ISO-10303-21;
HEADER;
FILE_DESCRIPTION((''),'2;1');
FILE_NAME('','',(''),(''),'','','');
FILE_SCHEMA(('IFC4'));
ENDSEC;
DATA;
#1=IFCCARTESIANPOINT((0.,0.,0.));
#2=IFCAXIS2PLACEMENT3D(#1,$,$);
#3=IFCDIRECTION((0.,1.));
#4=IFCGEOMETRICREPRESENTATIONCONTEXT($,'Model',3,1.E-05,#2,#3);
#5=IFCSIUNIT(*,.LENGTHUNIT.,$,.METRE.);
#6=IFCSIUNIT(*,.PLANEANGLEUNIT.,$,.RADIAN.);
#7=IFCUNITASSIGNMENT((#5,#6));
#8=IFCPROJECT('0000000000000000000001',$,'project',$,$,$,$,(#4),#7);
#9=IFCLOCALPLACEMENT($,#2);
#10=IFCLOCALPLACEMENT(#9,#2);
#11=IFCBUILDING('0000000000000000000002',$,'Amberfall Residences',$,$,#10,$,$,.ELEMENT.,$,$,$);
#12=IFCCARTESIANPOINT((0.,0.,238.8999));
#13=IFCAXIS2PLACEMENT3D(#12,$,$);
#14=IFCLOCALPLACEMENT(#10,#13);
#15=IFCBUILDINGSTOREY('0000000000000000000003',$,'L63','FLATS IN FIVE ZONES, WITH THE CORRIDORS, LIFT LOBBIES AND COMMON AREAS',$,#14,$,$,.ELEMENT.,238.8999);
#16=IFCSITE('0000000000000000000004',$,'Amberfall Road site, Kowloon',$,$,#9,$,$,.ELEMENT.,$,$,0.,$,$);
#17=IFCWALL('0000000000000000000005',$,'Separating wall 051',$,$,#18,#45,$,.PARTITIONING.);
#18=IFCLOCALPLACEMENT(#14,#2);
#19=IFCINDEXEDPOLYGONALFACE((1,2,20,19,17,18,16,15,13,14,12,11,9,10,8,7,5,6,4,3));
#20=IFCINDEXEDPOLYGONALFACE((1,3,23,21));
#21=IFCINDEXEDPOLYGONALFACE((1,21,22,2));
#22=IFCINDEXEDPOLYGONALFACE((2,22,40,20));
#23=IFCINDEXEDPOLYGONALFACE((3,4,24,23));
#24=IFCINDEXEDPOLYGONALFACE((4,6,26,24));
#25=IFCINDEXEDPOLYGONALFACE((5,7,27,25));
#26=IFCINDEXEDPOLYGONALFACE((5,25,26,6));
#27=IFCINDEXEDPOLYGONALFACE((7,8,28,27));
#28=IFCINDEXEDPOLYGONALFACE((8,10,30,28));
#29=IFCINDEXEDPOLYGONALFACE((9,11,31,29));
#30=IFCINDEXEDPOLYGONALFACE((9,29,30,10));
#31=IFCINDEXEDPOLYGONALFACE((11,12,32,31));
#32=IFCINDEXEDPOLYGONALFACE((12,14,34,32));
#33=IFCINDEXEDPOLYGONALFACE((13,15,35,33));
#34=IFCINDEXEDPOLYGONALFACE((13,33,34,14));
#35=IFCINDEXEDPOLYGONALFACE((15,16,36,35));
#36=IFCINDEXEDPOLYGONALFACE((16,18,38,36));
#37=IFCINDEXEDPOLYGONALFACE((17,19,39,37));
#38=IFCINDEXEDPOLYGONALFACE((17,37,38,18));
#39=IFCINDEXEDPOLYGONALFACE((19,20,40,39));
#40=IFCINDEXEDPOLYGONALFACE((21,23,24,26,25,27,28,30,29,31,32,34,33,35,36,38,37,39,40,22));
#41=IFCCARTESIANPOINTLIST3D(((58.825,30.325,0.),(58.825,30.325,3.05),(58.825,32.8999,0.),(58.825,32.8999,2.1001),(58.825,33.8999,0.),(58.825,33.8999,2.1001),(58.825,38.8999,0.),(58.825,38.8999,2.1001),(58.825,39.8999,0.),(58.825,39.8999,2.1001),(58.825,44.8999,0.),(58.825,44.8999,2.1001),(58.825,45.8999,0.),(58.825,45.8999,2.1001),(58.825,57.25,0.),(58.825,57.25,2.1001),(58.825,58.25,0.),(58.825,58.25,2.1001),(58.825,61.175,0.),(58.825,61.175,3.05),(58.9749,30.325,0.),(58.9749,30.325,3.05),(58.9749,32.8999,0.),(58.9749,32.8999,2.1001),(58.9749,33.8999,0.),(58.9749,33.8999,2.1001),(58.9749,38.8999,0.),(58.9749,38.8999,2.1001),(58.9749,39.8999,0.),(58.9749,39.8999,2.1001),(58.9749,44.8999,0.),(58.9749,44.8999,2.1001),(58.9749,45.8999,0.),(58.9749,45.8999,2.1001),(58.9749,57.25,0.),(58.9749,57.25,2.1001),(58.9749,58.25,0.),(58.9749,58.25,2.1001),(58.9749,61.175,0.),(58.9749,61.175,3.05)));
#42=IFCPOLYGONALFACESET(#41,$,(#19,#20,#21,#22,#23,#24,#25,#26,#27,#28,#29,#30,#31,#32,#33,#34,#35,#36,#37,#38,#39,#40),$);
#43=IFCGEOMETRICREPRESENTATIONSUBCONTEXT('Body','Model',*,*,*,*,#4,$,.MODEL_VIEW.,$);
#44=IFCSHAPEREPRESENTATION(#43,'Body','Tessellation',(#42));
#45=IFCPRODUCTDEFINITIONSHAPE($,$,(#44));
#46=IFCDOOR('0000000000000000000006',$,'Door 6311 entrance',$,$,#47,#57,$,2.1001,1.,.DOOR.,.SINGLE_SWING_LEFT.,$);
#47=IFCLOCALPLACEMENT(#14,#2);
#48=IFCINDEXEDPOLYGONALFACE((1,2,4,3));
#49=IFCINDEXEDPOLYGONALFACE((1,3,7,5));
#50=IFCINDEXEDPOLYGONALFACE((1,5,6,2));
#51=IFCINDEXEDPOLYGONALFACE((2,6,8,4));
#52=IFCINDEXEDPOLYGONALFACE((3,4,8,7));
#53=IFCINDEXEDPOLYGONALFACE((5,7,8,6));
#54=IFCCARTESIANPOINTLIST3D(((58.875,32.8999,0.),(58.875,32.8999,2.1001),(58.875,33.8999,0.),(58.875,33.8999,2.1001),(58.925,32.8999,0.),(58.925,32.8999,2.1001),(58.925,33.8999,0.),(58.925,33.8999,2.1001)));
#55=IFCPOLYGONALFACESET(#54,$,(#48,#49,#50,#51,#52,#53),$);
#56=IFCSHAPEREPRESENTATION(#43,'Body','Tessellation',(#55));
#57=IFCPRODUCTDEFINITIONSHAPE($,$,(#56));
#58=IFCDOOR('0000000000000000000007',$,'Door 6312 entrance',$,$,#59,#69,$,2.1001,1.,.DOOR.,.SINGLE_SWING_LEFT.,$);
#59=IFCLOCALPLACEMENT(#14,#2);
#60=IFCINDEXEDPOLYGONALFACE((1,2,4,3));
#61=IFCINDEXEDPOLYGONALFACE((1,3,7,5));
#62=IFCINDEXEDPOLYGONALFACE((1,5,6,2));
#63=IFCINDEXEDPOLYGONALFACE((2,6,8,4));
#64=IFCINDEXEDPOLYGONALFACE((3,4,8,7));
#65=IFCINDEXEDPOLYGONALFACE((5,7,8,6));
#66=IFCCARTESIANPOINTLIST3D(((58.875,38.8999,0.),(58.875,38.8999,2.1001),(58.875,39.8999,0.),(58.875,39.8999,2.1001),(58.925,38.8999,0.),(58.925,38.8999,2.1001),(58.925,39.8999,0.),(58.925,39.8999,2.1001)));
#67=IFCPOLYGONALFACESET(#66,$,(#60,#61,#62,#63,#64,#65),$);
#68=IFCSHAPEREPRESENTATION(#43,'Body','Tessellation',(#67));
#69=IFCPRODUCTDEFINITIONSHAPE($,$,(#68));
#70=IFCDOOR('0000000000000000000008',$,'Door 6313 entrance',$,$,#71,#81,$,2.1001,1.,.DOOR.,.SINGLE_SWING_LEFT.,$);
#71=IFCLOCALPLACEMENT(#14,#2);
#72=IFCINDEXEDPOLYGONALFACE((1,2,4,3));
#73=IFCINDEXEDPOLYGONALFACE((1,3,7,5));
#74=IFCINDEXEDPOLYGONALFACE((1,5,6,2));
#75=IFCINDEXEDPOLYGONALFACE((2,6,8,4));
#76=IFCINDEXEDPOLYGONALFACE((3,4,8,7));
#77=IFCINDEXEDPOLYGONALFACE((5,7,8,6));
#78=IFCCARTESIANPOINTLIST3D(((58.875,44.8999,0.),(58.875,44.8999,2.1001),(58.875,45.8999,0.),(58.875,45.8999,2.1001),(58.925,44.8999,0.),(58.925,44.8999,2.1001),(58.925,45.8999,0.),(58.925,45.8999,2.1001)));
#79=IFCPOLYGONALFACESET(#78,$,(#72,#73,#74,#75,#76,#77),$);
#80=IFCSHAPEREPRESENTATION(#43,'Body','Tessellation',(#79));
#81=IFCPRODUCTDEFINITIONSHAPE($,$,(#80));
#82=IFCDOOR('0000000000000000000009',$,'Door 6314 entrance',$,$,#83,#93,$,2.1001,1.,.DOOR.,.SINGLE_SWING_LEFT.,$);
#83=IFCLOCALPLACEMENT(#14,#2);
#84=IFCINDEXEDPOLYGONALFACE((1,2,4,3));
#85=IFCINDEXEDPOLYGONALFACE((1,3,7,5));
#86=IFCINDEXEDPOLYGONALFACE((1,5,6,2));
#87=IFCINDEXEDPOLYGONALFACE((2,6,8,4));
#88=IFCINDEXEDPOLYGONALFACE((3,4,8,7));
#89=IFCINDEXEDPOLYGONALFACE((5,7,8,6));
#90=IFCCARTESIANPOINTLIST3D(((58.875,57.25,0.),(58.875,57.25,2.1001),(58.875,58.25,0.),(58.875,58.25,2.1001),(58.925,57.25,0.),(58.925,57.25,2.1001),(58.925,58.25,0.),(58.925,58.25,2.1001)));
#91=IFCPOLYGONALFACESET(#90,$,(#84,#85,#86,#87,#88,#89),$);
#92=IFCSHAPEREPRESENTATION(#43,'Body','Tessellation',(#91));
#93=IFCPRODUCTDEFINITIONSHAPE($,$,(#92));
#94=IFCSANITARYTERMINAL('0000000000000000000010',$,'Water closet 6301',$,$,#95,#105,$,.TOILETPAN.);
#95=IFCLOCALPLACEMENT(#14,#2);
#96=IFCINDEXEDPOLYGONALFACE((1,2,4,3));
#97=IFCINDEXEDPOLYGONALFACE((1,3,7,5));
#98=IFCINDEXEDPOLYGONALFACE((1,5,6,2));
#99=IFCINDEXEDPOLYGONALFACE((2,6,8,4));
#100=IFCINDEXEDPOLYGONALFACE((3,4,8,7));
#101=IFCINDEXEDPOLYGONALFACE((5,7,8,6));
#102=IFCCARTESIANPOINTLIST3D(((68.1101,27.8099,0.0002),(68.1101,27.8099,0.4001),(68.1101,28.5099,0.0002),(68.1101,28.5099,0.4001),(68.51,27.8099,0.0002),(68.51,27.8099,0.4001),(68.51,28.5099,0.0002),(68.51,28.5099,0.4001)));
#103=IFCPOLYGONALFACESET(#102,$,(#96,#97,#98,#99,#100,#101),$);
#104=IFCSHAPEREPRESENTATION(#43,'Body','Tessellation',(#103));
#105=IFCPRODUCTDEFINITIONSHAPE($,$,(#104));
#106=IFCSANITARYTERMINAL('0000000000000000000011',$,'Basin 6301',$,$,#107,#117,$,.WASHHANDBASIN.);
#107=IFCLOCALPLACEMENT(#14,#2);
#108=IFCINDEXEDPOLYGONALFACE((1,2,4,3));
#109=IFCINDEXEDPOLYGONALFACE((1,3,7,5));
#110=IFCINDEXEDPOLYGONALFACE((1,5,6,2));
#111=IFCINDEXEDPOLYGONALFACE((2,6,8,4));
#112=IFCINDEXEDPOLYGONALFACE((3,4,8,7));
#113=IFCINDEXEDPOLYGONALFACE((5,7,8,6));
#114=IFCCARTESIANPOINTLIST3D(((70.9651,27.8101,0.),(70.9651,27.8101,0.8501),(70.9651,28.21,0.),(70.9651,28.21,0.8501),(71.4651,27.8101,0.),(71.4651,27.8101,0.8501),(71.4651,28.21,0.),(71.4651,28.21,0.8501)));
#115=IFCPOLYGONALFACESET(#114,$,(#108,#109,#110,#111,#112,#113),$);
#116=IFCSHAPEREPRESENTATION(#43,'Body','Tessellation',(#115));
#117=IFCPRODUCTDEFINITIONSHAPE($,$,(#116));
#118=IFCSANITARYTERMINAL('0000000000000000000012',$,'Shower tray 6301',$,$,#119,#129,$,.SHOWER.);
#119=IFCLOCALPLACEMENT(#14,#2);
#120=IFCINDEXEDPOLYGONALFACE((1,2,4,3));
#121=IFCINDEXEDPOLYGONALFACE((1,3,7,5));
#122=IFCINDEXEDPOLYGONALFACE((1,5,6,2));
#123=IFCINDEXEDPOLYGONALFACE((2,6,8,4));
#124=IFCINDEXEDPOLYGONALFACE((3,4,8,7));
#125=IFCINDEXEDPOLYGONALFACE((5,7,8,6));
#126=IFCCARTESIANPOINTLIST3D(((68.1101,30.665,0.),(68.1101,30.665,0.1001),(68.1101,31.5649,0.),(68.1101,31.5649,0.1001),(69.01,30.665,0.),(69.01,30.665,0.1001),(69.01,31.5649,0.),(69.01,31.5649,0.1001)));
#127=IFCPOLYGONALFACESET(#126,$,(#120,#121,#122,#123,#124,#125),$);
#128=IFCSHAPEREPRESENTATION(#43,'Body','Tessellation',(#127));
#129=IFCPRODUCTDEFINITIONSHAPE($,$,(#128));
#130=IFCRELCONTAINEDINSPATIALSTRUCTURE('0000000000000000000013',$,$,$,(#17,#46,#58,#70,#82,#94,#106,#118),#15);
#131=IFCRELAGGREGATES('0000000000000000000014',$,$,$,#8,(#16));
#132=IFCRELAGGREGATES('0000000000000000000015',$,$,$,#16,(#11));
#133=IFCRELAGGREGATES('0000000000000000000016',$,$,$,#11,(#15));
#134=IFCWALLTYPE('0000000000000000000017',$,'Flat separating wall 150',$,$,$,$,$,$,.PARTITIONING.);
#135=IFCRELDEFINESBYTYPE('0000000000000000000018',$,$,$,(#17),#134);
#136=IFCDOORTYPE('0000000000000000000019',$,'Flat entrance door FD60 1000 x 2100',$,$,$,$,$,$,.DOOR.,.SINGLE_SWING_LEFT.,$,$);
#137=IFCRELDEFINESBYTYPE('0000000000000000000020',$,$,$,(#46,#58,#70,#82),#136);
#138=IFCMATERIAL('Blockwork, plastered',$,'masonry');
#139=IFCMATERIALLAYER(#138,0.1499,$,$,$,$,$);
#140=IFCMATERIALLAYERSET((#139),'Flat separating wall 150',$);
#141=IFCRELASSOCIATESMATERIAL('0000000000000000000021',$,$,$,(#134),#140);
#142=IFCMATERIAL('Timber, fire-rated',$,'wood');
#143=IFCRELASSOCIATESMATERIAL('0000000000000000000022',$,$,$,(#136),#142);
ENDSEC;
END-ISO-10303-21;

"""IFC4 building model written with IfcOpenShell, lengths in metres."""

from ifc_helpers import new_model, si_unit, direction, frame, frame_2d, origin, origin_2d, place, context, subcontext, project, spatial, rectangle, extrude, material, layer, layer_set, type_object, element, fill, save


model = new_model("IFC4")

# Units and contexts
model_context = context("Model", 3, precision=1e-05, world=origin(), true_north=direction((0.0, 1.0)))
body_context = subcontext(model_context, "Body", "Model", "MODEL_VIEW")
ifc_project = project(units=[si_unit("LENGTHUNIT", "METRE"), si_unit("PLANEANGLEUNIT", "RADIAN")], contexts=[model_context])

# Site, building, storey
site_placement = place(None, origin())
site = spatial("IfcSite", under=ifc_project, at=site_placement, Name="Amberfall Road site, Kowloon", CompositionType="ELEMENT", RefElevation=0.0)
building_placement = place(site_placement, origin())
building = spatial("IfcBuilding", under=site, at=building_placement, Name="Amberfall Residences", CompositionType="ELEMENT")
storey_placement = place(building_placement, frame((0.0, 0.0, 238.8999)))
storey = spatial("IfcBuildingStorey", under=building, at=storey_placement, Name="L63", Description="FLATS IN FIVE ZONES, WITH THE CORRIDORS, LIFT LOBBIES AND COMMON AREAS", CompositionType="ELEMENT", Elevation=238.8999)

# Wall, openings, doors
ifc_material_1 = material(Name="Blockwork, plastered", Category="masonry")
ifc_layer_1 = layer(ifc_material_1, 0.1499)
ifc_layer_set_1 = layer_set([ifc_layer_1], Name="Flat separating wall 150")
wall_type_1 = type_object("IfcWallType", Name="Flat separating wall 150", PredefinedType="PARTITIONING", material=ifc_layer_set_1)
wall_1_placement = place(storey_placement, frame((58.8999, 30.325, 0.0), z_axis=(0.0, 0.0, 1.0), x_axis=(0.0, 1.0, 0.0)))
wall_1 = element("IfcWall", 1, at=wall_1_placement, inside=storey, type_object=wall_type_1, Name="Separating wall 051", PredefinedType="PARTITIONING", context=body_context, shape_type="SweptSolid", body=[
    extrude(rectangle(XDim=30.8501, YDim=0.1499, at=frame_2d((15.425, 0.0))), origin(), (0.0, 0.0, 1.0), 3.05),
])
opening_1_placement = place(wall_1_placement, frame((2.575, 0.0, 0.0)))
opening_1 = element("IfcOpeningElement", 2, at=opening_1_placement, cuts=wall_1, PredefinedType="OPENING", context=body_context, shape_type="SweptSolid", body=[
    extrude(rectangle(XDim=1.0, YDim=2.1001, at=frame_2d((0.5, 1.05))), frame((0.0, 0.085, 0.0), z_axis=(0.0, -1.0, 0.0), x_axis=(1.0, 0.0, 0.0)), (0.0, 0.0, 1.0), 0.1699),
])
opening_2_placement = place(wall_1_placement, frame((8.575, 0.0, 0.0)))
opening_2 = element("IfcOpeningElement", 3, at=opening_2_placement, cuts=wall_1, PredefinedType="OPENING", context=body_context, shape_type="SweptSolid", body=[
    extrude(rectangle(XDim=1.0, YDim=2.1001, at=frame_2d((0.5, 1.05))), frame((0.0, 0.085, 0.0), z_axis=(0.0, -1.0, 0.0), x_axis=(1.0, 0.0, 0.0)), (0.0, 0.0, 1.0), 0.1699),
])
opening_3_placement = place(wall_1_placement, frame((14.575, 0.0, 0.0)))
opening_3 = element("IfcOpeningElement", 4, at=opening_3_placement, cuts=wall_1, PredefinedType="OPENING", context=body_context, shape_type="SweptSolid", body=[
    extrude(rectangle(XDim=1.0, YDim=2.1001, at=frame_2d((0.5, 1.05))), frame((0.0, 0.085, 0.0), z_axis=(0.0, -1.0, 0.0), x_axis=(1.0, 0.0, 0.0)), (0.0, 0.0, 1.0), 0.1699),
])
opening_4_placement = place(wall_1_placement, frame((26.925, 0.0, 0.0)))
opening_4 = element("IfcOpeningElement", 5, at=opening_4_placement, cuts=wall_1, PredefinedType="OPENING", context=body_context, shape_type="SweptSolid", body=[
    extrude(rectangle(XDim=1.0, YDim=2.1001, at=frame_2d((0.5, 1.05))), frame((0.0, 0.085, 0.0), z_axis=(0.0, -1.0, 0.0), x_axis=(1.0, 0.0, 0.0)), (0.0, 0.0, 1.0), 0.1699),
])
ifc_material_2 = material(Name="Timber, fire-rated", Category="wood")
door_type_1 = type_object("IfcDoorType", Name="Flat entrance door FD60 1000 x 2100", OperationType="SINGLE_SWING_LEFT", PredefinedType="DOOR", material=ifc_material_2)
door_1_placement = place(opening_1_placement, origin())
door_1 = element("IfcDoor", 6, at=door_1_placement, inside=storey, type_object=door_type_1, Name="Door 6311 entrance", OperationType="SINGLE_SWING_LEFT", OverallHeight=2.1001, OverallWidth=1.0, PredefinedType="DOOR", context=body_context, shape_type="SweptSolid", body=[
    extrude(rectangle(XDim=1.0, YDim=2.1001, at=frame_2d((0.5, 1.05))), frame((0.0, 0.0249, 0.0), z_axis=(0.0, -1.0, 0.0), x_axis=(1.0, 0.0, 0.0)), (0.0, 0.0, 1.0), 0.05),
])
fill(opening_1, door_1)
door_2_placement = place(opening_2_placement, origin())
door_2 = element("IfcDoor", 7, at=door_2_placement, inside=storey, type_object=door_type_1, Name="Door 6312 entrance", OperationType="SINGLE_SWING_LEFT", OverallHeight=2.1001, OverallWidth=1.0, PredefinedType="DOOR", context=body_context, shape_type="SweptSolid", body=[
    extrude(rectangle(XDim=1.0, YDim=2.1001, at=frame_2d((0.5, 1.05))), frame((0.0, 0.0249, 0.0), z_axis=(0.0, -1.0, 0.0), x_axis=(1.0, 0.0, 0.0)), (0.0, 0.0, 1.0), 0.05),
])
fill(opening_2, door_2)
door_3_placement = place(opening_3_placement, origin())
door_3 = element("IfcDoor", 8, at=door_3_placement, inside=storey, type_object=door_type_1, Name="Door 6313 entrance", OperationType="SINGLE_SWING_LEFT", OverallHeight=2.1001, OverallWidth=1.0, PredefinedType="DOOR", context=body_context, shape_type="SweptSolid", body=[
    extrude(rectangle(XDim=1.0, YDim=2.1001, at=frame_2d((0.5, 1.05))), frame((0.0, 0.0249, 0.0), z_axis=(0.0, -1.0, 0.0), x_axis=(1.0, 0.0, 0.0)), (0.0, 0.0, 1.0), 0.05),
])
fill(opening_3, door_3)
door_4_placement = place(opening_4_placement, origin())
door_4 = element("IfcDoor", 9, at=door_4_placement, inside=storey, type_object=door_type_1, Name="Door 6314 entrance", OperationType="SINGLE_SWING_LEFT", OverallHeight=2.1001, OverallWidth=1.0, PredefinedType="DOOR", context=body_context, shape_type="SweptSolid", body=[
    extrude(rectangle(XDim=1.0, YDim=2.1001, at=frame_2d((0.5, 1.05))), frame((0.0, 0.0249, 0.0), z_axis=(0.0, -1.0, 0.0), x_axis=(1.0, 0.0, 0.0)), (0.0, 0.0, 1.0), 0.05),
])
fill(opening_4, door_4)

# Sanitary terminals
sanitary_terminal_1_placement = place(storey_placement, frame((68.3101, 28.1599, 0.0002), z_axis=(0.0, 0.0, 1.0), x_axis=(1.0, 0.0, 0.0)))
element("IfcSanitaryTerminal", 10, at=sanitary_terminal_1_placement, inside=storey, Name="Water closet 6301", PredefinedType="TOILETPAN", context=body_context, shape_type="SweptSolid", body=[
    extrude(rectangle(XDim=0.3999, YDim=0.7, at=origin_2d()), origin(), (0.0, 0.0, 1.0), 0.3999),
])
sanitary_terminal_2_placement = place(storey_placement, frame((71.2151, 28.01, 0.0), z_axis=(0.0, 0.0, 1.0), x_axis=(1.0, 0.0, 0.0)))
element("IfcSanitaryTerminal", 11, at=sanitary_terminal_2_placement, inside=storey, Name="Basin 6301", PredefinedType="WASHHANDBASIN", context=body_context, shape_type="SweptSolid", body=[
    extrude(rectangle(XDim=0.5, YDim=0.3999, at=origin_2d()), origin(), (0.0, 0.0, 1.0), 0.8501),
])
sanitary_terminal_3_placement = place(storey_placement, frame((68.5601, 31.115, 0.0), z_axis=(0.0, 0.0, 1.0), x_axis=(1.0, 0.0, 0.0)))
element("IfcSanitaryTerminal", 12, at=sanitary_terminal_3_placement, inside=storey, Name="Shower tray 6301", PredefinedType="SHOWER", context=body_context, shape_type="SweptSolid", body=[
    extrude(rectangle(XDim=0.8999, YDim=0.8999, at=origin_2d()), origin(), (0.0, 0.0, 1.0), 0.1001),
])

save(model, "model.ifc")
